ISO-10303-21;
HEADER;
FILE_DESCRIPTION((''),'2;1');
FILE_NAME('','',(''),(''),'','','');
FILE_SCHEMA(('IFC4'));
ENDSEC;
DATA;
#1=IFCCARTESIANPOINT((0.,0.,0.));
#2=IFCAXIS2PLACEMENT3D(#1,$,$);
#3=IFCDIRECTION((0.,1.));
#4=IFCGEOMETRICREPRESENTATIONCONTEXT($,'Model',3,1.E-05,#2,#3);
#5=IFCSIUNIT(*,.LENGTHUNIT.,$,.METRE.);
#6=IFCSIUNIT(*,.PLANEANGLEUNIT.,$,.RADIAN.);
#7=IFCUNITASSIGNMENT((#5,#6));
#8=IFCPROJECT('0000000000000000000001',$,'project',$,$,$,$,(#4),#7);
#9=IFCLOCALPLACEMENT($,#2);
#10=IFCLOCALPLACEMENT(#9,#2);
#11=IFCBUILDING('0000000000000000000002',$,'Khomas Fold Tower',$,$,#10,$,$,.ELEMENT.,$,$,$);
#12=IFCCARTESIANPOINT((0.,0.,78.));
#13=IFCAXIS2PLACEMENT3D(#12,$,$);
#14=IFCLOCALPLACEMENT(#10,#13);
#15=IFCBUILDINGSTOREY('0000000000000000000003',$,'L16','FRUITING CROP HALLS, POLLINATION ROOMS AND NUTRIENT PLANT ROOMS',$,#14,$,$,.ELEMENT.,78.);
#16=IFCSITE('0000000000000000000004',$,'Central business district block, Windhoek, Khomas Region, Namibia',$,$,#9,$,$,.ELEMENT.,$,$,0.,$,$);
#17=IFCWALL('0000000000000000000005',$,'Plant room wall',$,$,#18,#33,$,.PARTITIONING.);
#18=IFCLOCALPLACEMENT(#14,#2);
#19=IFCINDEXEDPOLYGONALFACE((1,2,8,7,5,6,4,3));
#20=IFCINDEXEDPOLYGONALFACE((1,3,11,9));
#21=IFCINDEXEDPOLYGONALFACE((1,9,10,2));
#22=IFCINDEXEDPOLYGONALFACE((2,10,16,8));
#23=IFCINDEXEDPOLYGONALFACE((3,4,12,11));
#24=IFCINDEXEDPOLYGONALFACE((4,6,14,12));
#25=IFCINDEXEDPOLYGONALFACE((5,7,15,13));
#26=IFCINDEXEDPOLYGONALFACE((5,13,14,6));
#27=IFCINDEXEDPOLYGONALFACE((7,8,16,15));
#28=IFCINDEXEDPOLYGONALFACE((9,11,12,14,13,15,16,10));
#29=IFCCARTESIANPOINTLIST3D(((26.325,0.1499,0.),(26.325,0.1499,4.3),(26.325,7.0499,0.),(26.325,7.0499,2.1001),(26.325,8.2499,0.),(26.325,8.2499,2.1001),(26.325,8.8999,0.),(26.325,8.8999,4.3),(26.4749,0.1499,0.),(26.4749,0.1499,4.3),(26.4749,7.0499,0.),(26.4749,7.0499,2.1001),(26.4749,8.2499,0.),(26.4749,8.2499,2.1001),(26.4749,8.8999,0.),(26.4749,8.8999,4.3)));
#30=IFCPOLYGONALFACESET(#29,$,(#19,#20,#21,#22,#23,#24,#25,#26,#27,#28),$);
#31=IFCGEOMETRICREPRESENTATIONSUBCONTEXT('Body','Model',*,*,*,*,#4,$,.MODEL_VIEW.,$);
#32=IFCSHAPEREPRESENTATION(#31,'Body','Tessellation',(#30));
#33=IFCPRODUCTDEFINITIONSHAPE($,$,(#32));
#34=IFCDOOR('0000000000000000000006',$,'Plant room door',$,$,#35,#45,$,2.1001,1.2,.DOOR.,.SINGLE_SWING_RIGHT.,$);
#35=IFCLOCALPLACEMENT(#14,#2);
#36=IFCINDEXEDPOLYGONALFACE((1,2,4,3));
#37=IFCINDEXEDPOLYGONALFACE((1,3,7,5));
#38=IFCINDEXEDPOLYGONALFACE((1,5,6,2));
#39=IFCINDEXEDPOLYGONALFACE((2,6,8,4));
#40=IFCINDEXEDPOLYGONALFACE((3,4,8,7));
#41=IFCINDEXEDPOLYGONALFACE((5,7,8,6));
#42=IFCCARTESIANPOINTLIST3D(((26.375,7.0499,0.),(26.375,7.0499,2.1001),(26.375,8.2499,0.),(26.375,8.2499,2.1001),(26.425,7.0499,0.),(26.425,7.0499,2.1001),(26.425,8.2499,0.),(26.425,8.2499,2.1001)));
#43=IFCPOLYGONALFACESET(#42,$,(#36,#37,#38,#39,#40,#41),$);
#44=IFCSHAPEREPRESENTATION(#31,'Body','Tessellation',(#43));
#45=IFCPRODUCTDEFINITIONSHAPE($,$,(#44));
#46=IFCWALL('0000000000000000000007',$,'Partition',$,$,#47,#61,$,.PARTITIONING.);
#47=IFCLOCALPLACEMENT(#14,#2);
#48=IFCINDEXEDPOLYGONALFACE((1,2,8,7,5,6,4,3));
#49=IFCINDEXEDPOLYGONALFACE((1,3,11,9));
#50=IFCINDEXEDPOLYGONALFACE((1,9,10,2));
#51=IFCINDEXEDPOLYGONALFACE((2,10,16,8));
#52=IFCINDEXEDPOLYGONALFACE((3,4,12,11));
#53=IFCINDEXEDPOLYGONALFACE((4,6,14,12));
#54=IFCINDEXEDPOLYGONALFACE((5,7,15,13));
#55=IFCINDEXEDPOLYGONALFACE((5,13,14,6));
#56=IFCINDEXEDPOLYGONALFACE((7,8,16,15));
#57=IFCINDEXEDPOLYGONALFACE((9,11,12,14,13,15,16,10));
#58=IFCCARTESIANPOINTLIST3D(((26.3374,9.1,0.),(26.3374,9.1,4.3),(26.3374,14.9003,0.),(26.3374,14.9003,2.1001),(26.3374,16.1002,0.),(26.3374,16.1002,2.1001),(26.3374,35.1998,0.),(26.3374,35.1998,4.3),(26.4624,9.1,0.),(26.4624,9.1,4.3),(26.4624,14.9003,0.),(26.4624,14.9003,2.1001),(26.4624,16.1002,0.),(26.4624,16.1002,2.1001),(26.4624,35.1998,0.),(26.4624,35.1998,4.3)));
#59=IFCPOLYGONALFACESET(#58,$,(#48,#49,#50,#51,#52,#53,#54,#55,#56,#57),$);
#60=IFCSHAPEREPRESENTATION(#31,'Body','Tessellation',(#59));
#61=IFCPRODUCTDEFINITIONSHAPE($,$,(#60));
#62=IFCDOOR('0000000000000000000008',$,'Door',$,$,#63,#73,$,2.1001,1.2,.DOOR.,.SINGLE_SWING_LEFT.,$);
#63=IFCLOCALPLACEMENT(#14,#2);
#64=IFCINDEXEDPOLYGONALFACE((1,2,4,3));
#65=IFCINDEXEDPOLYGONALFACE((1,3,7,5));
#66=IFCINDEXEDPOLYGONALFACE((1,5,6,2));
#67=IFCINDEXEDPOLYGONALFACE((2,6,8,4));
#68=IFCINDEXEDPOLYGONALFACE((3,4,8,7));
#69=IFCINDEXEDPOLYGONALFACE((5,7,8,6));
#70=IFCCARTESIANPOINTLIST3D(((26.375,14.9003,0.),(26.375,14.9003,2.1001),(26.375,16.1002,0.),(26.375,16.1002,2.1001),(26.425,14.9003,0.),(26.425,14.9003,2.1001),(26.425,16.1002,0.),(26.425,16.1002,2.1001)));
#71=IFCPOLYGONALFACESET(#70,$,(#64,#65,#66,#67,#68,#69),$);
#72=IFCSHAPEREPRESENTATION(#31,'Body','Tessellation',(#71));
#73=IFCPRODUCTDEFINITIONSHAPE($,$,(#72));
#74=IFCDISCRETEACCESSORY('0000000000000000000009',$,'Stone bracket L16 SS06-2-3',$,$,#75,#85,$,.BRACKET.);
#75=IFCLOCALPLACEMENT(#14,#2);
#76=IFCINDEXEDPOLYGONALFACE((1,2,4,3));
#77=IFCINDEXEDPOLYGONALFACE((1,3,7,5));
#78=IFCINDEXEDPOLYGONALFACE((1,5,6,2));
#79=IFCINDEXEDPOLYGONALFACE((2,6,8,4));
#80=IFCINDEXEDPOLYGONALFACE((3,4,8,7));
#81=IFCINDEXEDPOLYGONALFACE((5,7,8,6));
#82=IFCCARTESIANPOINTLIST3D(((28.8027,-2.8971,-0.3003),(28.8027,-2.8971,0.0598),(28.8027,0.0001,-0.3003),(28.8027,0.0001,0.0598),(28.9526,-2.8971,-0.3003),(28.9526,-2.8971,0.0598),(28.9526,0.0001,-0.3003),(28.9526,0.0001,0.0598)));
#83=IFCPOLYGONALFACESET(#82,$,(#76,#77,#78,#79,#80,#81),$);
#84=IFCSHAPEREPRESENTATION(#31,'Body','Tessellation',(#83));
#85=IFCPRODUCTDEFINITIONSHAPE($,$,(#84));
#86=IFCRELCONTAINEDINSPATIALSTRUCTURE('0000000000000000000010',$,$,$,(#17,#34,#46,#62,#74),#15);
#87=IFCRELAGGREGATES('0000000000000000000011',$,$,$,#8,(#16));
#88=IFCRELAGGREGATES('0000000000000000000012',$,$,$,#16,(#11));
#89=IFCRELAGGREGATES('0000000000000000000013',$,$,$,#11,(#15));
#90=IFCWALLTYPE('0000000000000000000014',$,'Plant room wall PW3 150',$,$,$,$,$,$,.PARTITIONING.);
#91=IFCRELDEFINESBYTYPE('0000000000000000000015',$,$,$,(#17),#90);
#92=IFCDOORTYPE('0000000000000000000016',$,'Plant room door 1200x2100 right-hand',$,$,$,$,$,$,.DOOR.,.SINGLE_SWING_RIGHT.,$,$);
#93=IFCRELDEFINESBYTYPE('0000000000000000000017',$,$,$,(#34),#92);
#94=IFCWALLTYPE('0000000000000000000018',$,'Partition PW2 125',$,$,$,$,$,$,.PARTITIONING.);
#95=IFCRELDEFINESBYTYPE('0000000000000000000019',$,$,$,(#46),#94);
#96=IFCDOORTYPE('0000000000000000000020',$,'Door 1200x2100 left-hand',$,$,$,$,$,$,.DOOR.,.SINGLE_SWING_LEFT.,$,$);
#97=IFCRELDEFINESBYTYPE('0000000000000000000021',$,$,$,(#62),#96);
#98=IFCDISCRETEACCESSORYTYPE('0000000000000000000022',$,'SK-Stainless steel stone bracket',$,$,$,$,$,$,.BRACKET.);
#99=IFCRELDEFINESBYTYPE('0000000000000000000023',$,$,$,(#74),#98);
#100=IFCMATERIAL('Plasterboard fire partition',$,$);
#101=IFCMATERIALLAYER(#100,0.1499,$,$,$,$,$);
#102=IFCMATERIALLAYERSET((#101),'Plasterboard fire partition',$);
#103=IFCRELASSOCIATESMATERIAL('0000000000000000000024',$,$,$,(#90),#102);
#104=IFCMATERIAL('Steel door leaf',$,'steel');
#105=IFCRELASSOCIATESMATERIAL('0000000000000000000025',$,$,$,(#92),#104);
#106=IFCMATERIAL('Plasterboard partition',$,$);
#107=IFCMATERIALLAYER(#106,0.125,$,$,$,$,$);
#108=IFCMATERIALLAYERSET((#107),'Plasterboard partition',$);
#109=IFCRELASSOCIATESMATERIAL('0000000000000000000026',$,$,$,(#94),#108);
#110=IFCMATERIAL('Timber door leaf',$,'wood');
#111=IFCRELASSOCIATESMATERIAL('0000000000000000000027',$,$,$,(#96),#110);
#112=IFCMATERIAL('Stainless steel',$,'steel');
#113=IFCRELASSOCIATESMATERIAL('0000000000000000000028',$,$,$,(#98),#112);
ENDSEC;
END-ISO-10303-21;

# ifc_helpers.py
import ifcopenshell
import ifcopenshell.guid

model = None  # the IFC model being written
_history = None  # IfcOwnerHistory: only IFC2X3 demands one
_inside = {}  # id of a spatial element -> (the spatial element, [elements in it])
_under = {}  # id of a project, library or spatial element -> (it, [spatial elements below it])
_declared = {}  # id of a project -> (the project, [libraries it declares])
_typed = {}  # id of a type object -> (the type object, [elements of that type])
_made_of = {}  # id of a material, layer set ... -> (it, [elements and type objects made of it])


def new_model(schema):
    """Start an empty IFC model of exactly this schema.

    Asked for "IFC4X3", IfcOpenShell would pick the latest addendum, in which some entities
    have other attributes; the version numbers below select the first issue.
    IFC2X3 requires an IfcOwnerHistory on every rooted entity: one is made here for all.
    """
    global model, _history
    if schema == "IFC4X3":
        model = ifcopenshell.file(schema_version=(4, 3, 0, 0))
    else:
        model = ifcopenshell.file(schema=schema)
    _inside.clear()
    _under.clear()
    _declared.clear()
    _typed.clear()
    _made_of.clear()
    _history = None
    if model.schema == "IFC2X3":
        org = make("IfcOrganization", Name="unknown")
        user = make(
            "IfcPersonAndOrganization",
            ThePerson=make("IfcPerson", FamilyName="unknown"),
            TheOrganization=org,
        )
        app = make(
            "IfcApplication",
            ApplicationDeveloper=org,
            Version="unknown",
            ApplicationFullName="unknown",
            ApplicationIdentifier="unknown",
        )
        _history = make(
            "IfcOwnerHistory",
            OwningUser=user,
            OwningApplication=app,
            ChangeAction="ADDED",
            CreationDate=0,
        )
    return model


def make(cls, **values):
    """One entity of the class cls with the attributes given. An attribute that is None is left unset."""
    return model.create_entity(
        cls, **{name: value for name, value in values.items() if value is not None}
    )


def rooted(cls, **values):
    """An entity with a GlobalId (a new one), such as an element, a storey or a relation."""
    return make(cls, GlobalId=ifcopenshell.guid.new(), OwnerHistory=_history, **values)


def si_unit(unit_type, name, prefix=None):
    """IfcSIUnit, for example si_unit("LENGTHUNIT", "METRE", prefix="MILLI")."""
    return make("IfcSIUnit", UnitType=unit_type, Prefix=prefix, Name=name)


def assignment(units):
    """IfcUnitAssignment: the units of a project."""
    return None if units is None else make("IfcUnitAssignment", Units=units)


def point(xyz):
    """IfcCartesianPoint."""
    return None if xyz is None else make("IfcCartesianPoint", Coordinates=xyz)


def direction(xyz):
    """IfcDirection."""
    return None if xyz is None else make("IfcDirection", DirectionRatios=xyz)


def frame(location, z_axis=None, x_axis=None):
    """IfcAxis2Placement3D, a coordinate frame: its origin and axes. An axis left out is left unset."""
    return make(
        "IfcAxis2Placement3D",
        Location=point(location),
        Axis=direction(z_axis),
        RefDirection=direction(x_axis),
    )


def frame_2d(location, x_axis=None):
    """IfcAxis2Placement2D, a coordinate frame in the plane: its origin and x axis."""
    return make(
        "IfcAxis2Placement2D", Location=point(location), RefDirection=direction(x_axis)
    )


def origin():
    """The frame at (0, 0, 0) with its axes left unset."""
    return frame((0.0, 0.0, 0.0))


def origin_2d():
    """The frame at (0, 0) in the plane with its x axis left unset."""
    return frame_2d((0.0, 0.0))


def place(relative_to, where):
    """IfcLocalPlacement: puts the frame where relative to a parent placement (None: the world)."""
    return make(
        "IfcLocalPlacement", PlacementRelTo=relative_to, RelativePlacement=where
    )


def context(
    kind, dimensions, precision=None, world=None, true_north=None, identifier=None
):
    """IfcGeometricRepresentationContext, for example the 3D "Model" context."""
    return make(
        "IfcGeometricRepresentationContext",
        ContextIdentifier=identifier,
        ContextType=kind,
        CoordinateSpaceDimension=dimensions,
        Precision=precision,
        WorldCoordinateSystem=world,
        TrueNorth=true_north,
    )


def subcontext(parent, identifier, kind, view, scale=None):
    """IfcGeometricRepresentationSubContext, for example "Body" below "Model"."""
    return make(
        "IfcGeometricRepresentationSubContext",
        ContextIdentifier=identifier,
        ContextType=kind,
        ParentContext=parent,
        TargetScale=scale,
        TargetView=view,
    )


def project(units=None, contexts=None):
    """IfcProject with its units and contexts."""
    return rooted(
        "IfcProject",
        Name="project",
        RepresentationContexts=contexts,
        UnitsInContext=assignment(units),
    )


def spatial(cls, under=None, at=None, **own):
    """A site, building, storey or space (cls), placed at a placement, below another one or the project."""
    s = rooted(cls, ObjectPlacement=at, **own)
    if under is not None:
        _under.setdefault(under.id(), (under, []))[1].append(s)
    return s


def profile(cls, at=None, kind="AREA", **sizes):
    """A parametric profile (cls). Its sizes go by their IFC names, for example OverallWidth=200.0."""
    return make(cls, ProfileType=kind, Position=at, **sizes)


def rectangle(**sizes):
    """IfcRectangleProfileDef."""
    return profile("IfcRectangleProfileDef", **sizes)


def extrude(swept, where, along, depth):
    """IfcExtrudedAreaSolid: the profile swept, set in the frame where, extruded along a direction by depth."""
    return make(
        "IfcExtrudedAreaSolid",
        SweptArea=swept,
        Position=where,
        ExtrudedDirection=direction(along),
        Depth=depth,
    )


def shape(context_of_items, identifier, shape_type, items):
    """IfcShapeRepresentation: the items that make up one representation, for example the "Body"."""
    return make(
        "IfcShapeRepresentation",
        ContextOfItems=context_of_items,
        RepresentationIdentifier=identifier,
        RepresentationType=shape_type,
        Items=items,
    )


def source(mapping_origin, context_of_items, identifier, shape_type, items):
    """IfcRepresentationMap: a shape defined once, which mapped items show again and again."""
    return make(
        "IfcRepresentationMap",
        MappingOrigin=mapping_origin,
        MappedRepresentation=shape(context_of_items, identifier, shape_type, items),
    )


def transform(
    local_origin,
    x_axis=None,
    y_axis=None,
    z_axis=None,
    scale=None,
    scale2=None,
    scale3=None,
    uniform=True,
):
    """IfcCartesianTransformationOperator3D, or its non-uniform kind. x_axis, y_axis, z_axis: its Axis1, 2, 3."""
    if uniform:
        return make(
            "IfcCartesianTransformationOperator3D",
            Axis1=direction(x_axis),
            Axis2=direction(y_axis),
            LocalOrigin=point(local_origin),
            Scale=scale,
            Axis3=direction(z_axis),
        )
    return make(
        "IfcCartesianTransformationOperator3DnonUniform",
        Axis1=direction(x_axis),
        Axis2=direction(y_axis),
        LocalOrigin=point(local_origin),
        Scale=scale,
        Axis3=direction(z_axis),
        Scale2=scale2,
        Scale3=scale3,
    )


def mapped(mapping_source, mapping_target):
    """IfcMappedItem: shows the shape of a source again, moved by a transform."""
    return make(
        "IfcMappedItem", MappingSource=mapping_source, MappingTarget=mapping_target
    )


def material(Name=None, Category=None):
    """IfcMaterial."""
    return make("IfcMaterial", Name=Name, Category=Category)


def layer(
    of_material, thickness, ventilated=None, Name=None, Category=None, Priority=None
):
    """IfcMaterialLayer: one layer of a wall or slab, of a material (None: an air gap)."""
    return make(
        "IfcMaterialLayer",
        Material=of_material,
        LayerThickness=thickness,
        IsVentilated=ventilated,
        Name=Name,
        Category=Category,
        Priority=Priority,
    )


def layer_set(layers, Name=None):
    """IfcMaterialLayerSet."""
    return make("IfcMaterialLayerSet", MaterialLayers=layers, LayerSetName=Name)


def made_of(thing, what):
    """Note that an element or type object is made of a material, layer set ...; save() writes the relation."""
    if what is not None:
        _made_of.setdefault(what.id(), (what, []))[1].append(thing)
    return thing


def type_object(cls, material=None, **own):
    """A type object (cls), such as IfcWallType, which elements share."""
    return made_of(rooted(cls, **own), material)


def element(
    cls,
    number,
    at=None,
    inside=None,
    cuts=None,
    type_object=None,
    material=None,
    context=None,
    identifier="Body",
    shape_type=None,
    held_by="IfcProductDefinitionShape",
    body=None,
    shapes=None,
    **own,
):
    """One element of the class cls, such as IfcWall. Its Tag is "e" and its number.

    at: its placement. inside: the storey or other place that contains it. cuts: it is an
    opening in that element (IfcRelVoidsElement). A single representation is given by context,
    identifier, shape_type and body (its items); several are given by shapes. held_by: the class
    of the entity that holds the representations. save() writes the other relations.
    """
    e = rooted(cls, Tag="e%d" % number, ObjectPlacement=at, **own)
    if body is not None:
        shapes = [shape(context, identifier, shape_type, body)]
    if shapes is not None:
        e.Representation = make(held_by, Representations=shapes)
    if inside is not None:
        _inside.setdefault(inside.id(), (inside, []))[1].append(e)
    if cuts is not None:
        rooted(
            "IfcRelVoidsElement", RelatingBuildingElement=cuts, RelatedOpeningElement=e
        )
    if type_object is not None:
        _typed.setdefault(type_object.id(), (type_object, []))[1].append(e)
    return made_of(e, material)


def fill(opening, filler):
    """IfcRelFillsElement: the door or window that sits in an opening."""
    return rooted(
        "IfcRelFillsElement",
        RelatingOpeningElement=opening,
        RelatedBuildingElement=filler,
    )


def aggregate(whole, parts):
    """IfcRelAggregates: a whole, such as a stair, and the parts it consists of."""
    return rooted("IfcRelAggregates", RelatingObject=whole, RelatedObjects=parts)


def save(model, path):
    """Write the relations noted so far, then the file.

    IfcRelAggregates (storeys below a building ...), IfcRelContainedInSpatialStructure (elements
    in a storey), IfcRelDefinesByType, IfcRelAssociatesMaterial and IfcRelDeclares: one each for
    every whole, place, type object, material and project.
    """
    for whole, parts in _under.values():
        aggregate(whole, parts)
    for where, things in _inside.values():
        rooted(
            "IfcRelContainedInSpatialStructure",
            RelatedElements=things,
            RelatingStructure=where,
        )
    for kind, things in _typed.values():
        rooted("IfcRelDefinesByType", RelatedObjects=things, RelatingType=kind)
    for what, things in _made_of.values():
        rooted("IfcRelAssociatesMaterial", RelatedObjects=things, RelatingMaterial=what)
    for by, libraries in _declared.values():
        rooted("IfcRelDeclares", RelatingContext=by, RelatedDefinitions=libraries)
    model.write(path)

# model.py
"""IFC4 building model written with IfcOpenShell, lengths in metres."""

from ifc_helpers import new_model, si_unit, direction, frame, frame_2d, origin, origin_2d, place, context, subcontext, project, spatial, rectangle, extrude, source, transform, mapped, material, layer, layer_set, type_object, element, fill, save


model = new_model("IFC4")

# Units and contexts
model_context = context("Model", 3, precision=1e-05, world=origin(), true_north=direction((0.0, 1.0)))
body_context = subcontext(model_context, "Body", "Model", "MODEL_VIEW")
ifc_project = project(units=[si_unit("LENGTHUNIT", "METRE"), si_unit("PLANEANGLEUNIT", "RADIAN")], contexts=[model_context])

# Site, building, storey
site_placement = place(None, origin())
site = spatial("IfcSite", under=ifc_project, at=site_placement, Name="Central business district block, Windhoek, Khomas Region, Namibia", CompositionType="ELEMENT", RefElevation=0.0)
building_placement = place(site_placement, origin())
building = spatial("IfcBuilding", under=site, at=building_placement, Name="Khomas Fold Tower", CompositionType="ELEMENT")
storey_placement = place(building_placement, frame((0.0, 0.0, 78.0)))
storey = spatial("IfcBuildingStorey", under=building, at=storey_placement, Name="L16", Description="FRUITING CROP HALLS, POLLINATION ROOMS AND NUTRIENT PLANT ROOMS", CompositionType="ELEMENT", Elevation=78.0)

# Shared definitions
ifc_material_1 = material(Name="Plasterboard fire partition")
ifc_layer_1 = layer(ifc_material_1, 0.1499)
ifc_layer_set_1 = layer_set([ifc_layer_1], Name="Plasterboard fire partition")
wall_type_1 = type_object("IfcWallType", Name="Plant room wall PW3 150", PredefinedType="PARTITIONING", material=ifc_layer_set_1)

# Walls, openings, doors
shared_shape_1 = source(origin(), body_context, "Body", "SweptSolid", [
    extrude(rectangle(XDim=8.75, YDim=0.1499, at=frame_2d((4.375, 0.0))), origin(), (0.0, 0.0, 1.0), 4.3),
])
wall_1_placement = place(storey_placement, frame((26.3999, 0.1499, 0.0), z_axis=(0.0, 0.0, 1.0), x_axis=(0.0, 1.0, 0.0)))
wall_1 = element("IfcWall", 1, at=wall_1_placement, inside=storey, type_object=wall_type_1, Name="Plant room wall", PredefinedType="PARTITIONING", context=body_context, shape_type="MappedRepresentation", body=[
    mapped(shared_shape_1, transform((0.0, 0.0, 0.0))),
])
shared_shape_2 = source(origin(), body_context, "Body", "SweptSolid", [
    extrude(rectangle(XDim=1.2, YDim=2.1001, at=frame_2d((0.6001, 1.05))), frame((0.0, 0.085, 0.0), z_axis=(0.0, -1.0, 0.0), x_axis=(1.0, 0.0, 0.0)), (0.0, 0.0, 1.0), 0.1699),
])
opening_1_placement = place(wall_1_placement, frame((6.8999, 0.0, 0.0)))
opening_1 = element("IfcOpeningElement", 2, at=opening_1_placement, cuts=wall_1, PredefinedType="OPENING", context=body_context, shape_type="MappedRepresentation", body=[
    mapped(shared_shape_2, transform((0.0, 0.0, 0.0))),
])
ifc_material_2 = material(Name="Steel door leaf", Category="steel")
door_type_1 = type_object("IfcDoorType", Name="Plant room door 1200x2100 right-hand", OperationType="SINGLE_SWING_RIGHT", PredefinedType="DOOR", material=ifc_material_2)
shared_shape_3 = source(origin(), body_context, "Body", "SweptSolid", [
    extrude(rectangle(XDim=1.2, YDim=2.1001, at=frame_2d((0.6001, 1.05))), frame((0.0, 0.0249, 0.0), z_axis=(0.0, -1.0, 0.0), x_axis=(1.0, 0.0, 0.0)), (0.0, 0.0, 1.0), 0.05),
])
door_1_placement = place(opening_1_placement, origin())
door_1 = element("IfcDoor", 3, at=door_1_placement, inside=storey, type_object=door_type_1, Name="Plant room door", OperationType="SINGLE_SWING_RIGHT", OverallHeight=2.1001, OverallWidth=1.2, PredefinedType="DOOR", context=body_context, shape_type="MappedRepresentation", body=[
    mapped(shared_shape_3, transform((0.0, 0.0, 0.0))),
])
fill(opening_1, door_1)
ifc_material_3 = material(Name="Plasterboard partition")
ifc_layer_2 = layer(ifc_material_3, 0.125)
ifc_layer_set_2 = layer_set([ifc_layer_2], Name="Plasterboard partition")
wall_type_2 = type_object("IfcWallType", Name="Partition PW2 125", PredefinedType="PARTITIONING", material=ifc_layer_set_2)
shared_shape_4 = source(origin(), body_context, "Body", "SweptSolid", [
    extrude(rectangle(XDim=26.0999, YDim=0.125, at=frame_2d((13.0498, 0.0))), origin(), (0.0, 0.0, 1.0), 4.3),
])
wall_2_placement = place(storey_placement, frame((26.3999, 9.1001, 0.0), z_axis=(0.0, 0.0, 1.0), x_axis=(0.0, 1.0, 0.0)))
wall_2 = element("IfcWall", 4, at=wall_2_placement, inside=storey, type_object=wall_type_2, Name="Partition", PredefinedType="PARTITIONING", context=body_context, shape_type="MappedRepresentation", body=[
    mapped(shared_shape_4, transform((0.0, 0.0, 0.0))),
])
shared_shape_5 = source(origin(), body_context, "Body", "SweptSolid", [
    extrude(rectangle(XDim=1.2, YDim=2.1001, at=frame_2d((0.6001, 1.05))), frame((0.0, 0.0725, 0.0), z_axis=(0.0, -1.0, 0.0), x_axis=(1.0, 0.0, 0.0)), (0.0, 0.0, 1.0), 0.145),
])
opening_2_placement = place(wall_2_placement, frame((5.8, 0.0, 0.0)))
opening_2 = element("IfcOpeningElement", 5, at=opening_2_placement, cuts=wall_2, PredefinedType="OPENING", context=body_context, shape_type="MappedRepresentation", body=[
    mapped(shared_shape_5, transform((0.0, 0.0, 0.0))),
])
ifc_material_4 = material(Name="Timber door leaf", Category="wood")
door_type_2 = type_object("IfcDoorType", Name="Door 1200x2100 left-hand", OperationType="SINGLE_SWING_LEFT", PredefinedType="DOOR", material=ifc_material_4)
door_2_placement = place(opening_2_placement, origin())
door_2 = element("IfcDoor", 6, at=door_2_placement, inside=storey, type_object=door_type_2, Name="Door", OperationType="SINGLE_SWING_LEFT", OverallHeight=2.1001, OverallWidth=1.2, PredefinedType="DOOR", context=body_context, shape_type="MappedRepresentation", body=[
    mapped(shared_shape_3, transform((0.0, 0.0, 0.0))),
])
fill(opening_2, door_2)

# Discrete accessory
ifc_material_5 = material(Name="Stainless steel", Category="steel")
discrete_accessory_type = type_object("IfcDiscreteAccessoryType", Name="SK-Stainless steel stone bracket", PredefinedType="BRACKET", material=ifc_material_5)
shared_shape_6 = source(origin(), body_context, "Body", "SweptSolid", [
    extrude(rectangle(XDim=2.8972, YDim=0.1499, at=origin_2d()), origin(), (0.0, 0.0, 1.0), 0.3601),
])
discrete_accessory_placement = place(storey_placement, frame((28.8777, -1.4485, -0.3003), z_axis=(0.0, 0.0, 1.0), x_axis=(0.0, -1.0, 0.0)))
element("IfcDiscreteAccessory", 7, at=discrete_accessory_placement, inside=storey, type_object=discrete_accessory_type, Name="Stone bracket L16 SS06-2-3", PredefinedType="BRACKET", context=body_context, shape_type="MappedRepresentation", body=[
    mapped(shared_shape_6, transform((0.0, 0.0, 0.0))),
])

save(model, "model.ifc")
